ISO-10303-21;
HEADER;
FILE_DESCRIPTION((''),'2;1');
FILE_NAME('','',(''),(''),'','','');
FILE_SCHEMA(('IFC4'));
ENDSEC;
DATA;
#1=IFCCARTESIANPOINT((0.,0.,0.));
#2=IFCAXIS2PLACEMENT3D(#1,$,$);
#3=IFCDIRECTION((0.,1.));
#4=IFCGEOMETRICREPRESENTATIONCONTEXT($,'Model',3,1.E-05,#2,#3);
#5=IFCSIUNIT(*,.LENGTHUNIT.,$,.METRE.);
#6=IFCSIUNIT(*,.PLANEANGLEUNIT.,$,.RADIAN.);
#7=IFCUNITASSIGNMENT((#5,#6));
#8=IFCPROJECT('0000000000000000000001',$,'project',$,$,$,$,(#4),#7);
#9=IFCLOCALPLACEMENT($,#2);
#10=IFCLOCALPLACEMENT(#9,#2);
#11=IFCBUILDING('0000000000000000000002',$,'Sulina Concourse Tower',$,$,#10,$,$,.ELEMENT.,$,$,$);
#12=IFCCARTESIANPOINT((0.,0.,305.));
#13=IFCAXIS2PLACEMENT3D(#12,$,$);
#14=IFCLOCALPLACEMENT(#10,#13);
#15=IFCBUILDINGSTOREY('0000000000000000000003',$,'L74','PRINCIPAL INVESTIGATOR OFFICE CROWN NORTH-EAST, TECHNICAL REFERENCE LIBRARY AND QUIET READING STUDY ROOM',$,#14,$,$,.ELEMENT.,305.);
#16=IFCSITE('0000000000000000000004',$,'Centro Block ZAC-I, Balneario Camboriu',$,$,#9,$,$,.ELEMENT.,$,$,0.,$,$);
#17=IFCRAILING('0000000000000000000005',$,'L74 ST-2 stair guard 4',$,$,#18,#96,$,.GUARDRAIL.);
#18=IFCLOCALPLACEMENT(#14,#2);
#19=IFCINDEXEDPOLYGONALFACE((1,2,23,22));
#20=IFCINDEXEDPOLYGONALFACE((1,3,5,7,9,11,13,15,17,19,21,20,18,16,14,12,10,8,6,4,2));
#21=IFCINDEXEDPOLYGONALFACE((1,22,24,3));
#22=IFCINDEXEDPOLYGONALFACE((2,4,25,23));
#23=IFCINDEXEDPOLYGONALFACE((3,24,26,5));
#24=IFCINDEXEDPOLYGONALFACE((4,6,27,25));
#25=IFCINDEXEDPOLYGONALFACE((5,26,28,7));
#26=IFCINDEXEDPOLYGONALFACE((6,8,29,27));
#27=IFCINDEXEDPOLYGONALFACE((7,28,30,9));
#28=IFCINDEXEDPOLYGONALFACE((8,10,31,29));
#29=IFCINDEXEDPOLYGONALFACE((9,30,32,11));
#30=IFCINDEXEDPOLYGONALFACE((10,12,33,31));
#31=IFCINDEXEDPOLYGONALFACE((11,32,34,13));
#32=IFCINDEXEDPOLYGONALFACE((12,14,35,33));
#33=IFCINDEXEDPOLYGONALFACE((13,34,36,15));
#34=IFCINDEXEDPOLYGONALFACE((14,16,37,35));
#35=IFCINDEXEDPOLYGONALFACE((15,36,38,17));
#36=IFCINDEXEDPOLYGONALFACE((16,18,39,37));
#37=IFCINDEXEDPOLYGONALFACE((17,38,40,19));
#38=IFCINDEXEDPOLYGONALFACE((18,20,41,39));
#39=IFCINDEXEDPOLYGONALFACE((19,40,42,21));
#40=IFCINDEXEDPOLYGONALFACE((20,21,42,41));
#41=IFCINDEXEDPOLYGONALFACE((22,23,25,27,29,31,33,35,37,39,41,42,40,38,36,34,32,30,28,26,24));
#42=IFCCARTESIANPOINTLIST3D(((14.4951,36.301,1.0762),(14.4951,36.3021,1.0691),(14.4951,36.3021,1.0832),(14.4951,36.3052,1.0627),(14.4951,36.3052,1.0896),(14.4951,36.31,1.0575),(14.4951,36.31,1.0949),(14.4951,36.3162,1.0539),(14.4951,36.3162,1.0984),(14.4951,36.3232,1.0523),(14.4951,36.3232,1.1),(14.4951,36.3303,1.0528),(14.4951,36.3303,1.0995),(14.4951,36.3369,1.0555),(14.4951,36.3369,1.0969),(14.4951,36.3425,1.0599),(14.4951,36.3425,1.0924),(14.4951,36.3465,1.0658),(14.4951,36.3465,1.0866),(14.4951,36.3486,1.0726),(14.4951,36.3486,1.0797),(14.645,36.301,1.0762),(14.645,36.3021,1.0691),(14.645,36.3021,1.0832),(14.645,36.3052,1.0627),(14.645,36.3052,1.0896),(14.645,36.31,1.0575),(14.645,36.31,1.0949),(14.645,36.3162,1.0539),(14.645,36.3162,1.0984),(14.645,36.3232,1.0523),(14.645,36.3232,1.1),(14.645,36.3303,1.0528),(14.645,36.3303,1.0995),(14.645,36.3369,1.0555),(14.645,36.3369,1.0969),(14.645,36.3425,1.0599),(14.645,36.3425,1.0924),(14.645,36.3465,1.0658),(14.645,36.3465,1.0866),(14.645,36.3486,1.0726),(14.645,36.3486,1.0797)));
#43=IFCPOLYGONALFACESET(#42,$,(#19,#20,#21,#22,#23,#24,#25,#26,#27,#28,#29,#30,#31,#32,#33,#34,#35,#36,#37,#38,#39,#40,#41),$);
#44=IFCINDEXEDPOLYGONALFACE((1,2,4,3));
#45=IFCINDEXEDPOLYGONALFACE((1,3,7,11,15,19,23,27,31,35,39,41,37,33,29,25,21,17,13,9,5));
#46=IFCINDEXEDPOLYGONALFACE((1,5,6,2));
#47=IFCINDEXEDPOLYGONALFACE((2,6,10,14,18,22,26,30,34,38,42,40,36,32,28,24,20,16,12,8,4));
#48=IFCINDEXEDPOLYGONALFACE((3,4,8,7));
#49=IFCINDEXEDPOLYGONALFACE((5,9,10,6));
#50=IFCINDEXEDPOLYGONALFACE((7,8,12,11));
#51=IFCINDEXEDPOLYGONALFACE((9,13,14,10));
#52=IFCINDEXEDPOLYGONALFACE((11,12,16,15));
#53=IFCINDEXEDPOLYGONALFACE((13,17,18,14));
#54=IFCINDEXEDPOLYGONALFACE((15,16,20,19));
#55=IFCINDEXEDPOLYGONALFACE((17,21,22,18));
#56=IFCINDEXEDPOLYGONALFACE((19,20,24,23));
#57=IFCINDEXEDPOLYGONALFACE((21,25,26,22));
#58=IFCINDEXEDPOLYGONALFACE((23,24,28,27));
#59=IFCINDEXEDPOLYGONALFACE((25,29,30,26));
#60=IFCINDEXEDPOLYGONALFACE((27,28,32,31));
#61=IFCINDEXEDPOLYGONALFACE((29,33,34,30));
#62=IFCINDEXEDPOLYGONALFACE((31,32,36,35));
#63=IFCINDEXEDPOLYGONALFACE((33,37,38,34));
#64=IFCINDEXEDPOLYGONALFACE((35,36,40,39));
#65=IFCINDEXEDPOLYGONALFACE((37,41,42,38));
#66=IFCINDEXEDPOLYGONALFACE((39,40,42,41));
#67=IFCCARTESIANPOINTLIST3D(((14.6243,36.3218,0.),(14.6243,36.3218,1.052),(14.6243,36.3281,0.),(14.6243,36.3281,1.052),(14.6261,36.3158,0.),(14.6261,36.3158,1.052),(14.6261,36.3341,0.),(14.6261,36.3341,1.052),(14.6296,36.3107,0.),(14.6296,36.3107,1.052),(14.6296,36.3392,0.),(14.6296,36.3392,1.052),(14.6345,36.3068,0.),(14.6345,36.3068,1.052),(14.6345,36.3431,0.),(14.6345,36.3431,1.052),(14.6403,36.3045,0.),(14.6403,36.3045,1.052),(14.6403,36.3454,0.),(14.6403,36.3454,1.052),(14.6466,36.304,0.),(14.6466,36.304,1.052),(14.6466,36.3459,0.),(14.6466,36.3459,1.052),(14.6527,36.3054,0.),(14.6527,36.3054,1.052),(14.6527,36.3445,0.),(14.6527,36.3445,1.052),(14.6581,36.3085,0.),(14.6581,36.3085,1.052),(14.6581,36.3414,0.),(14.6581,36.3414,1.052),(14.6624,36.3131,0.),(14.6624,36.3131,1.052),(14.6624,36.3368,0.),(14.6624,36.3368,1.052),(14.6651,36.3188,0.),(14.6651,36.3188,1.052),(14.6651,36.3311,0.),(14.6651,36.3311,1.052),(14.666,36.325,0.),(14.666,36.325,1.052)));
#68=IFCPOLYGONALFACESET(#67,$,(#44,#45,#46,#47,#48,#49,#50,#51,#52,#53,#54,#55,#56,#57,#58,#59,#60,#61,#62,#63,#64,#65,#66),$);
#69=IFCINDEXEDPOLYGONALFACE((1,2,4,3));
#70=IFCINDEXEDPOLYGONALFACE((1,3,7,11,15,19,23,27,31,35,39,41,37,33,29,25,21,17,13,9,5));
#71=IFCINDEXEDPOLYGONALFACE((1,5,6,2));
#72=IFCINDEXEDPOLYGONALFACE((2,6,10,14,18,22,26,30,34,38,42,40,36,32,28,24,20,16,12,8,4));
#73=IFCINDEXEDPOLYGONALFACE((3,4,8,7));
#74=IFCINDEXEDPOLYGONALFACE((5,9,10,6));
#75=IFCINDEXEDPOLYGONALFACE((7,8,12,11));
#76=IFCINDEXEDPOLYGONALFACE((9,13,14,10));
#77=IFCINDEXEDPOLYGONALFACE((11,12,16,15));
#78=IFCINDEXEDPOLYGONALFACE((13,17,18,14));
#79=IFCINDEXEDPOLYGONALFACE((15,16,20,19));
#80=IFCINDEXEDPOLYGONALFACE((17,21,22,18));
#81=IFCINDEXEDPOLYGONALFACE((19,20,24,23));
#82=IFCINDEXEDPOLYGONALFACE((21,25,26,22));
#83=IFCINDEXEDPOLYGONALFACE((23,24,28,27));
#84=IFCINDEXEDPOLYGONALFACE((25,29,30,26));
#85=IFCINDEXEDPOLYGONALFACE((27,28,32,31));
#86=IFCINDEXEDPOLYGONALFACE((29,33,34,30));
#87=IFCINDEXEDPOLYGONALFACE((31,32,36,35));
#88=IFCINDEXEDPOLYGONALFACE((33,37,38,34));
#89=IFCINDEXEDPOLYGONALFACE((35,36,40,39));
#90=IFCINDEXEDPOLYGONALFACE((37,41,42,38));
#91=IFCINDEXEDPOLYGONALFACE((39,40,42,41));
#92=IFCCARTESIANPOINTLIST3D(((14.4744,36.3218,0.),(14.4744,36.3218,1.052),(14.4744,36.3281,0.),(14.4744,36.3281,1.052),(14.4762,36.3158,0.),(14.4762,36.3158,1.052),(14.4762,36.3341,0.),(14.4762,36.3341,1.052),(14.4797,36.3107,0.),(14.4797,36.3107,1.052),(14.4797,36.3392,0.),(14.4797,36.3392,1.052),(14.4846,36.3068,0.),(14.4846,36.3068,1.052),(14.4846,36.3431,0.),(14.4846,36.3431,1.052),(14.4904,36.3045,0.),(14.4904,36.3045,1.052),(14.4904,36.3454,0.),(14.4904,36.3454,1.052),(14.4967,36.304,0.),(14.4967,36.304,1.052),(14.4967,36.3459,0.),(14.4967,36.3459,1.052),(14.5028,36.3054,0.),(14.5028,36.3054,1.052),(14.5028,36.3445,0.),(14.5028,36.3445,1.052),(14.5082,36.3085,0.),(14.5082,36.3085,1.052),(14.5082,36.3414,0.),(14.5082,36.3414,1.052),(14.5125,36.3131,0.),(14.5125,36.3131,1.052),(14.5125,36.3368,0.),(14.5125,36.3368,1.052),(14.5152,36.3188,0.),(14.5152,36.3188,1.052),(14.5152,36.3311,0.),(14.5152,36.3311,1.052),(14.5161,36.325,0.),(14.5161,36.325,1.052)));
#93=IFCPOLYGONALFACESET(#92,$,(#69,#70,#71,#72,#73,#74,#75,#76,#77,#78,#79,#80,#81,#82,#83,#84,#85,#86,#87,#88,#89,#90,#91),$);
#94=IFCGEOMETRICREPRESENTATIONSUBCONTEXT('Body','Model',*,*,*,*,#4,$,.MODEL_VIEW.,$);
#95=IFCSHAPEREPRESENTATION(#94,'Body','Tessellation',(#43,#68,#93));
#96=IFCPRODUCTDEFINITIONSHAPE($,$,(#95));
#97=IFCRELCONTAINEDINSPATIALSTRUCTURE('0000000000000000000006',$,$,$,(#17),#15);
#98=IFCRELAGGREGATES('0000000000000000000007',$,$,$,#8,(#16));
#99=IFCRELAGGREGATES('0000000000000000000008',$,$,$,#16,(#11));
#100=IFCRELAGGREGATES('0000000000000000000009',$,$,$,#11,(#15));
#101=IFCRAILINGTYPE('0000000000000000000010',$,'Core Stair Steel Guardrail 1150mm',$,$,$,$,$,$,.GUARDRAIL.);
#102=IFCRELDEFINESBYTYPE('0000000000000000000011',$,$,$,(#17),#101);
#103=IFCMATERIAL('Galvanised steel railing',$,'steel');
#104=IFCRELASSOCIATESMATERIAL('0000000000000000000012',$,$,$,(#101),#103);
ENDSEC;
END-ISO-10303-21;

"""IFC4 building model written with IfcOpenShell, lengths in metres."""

from ifc_helpers import new_model, si_unit, direction, frame, origin, origin_2d, place, context, subcontext, project, spatial, circle, extrude, material, type_object, element, save


model = new_model("IFC4")

# Units and contexts
model_context = context("Model", 3, precision=1e-05, world=origin(), true_north=direction((0.0, 1.0)))
body_context = subcontext(model_context, "Body", "Model", "MODEL_VIEW")
ifc_project = project(units=[si_unit("LENGTHUNIT", "METRE"), si_unit("PLANEANGLEUNIT", "RADIAN")], contexts=[model_context])

# Site, building, storey
site_placement = place(None, origin())
site = spatial("IfcSite", under=ifc_project, at=site_placement, Name="Centro Block ZAC-I, Balneario Camboriu", CompositionType="ELEMENT", RefElevation=0.0)
building_placement = place(site_placement, origin())
building = spatial("IfcBuilding", under=site, at=building_placement, Name="Sulina Concourse Tower", CompositionType="ELEMENT")
storey_placement = place(building_placement, frame((0.0, 0.0, 305.0)))
storey = spatial("IfcBuildingStorey", under=building, at=storey_placement, Name="L74", Description="PRINCIPAL INVESTIGATOR OFFICE CROWN NORTH-EAST, TECHNICAL REFERENCE LIBRARY AND QUIET READING STUDY ROOM", CompositionType="ELEMENT", Elevation=305.0)

# Railing
ifc_material_1 = material(Name="Galvanised steel railing", Category="steel")
railing_type = type_object("IfcRailingType", Name="Core Stair Steel Guardrail 1150mm", PredefinedType="GUARDRAIL", material=ifc_material_1)
railing_1_placement = place(storey_placement, frame((14.645, 36.325, 0.0)))
element("IfcRailing", 1, at=railing_1_placement, inside=storey, type_object=railing_type, Name="L74 ST-2 stair guard 4", PredefinedType="GUARDRAIL", context=body_context, shape_type="SweptSolid", body=[
    extrude(circle(Radius=0.0239, at=origin_2d()), frame((0.0, 0.0, 1.0762), z_axis=(-1.0, 0.0, 0.0), x_axis=(0.0, -1.0, 0.0)), (0.0, 0.0, 1.0), 0.1499),
    extrude(circle(Radius=0.021, at=origin_2d()), origin(), (0.0, 0.0, 1.0), 1.052),
    extrude(circle(Radius=0.021, at=origin_2d()), frame((-0.1499, 0.0, 0.0)), (0.0, 0.0, 1.0), 1.052),
])

save(model, "model.ifc")
